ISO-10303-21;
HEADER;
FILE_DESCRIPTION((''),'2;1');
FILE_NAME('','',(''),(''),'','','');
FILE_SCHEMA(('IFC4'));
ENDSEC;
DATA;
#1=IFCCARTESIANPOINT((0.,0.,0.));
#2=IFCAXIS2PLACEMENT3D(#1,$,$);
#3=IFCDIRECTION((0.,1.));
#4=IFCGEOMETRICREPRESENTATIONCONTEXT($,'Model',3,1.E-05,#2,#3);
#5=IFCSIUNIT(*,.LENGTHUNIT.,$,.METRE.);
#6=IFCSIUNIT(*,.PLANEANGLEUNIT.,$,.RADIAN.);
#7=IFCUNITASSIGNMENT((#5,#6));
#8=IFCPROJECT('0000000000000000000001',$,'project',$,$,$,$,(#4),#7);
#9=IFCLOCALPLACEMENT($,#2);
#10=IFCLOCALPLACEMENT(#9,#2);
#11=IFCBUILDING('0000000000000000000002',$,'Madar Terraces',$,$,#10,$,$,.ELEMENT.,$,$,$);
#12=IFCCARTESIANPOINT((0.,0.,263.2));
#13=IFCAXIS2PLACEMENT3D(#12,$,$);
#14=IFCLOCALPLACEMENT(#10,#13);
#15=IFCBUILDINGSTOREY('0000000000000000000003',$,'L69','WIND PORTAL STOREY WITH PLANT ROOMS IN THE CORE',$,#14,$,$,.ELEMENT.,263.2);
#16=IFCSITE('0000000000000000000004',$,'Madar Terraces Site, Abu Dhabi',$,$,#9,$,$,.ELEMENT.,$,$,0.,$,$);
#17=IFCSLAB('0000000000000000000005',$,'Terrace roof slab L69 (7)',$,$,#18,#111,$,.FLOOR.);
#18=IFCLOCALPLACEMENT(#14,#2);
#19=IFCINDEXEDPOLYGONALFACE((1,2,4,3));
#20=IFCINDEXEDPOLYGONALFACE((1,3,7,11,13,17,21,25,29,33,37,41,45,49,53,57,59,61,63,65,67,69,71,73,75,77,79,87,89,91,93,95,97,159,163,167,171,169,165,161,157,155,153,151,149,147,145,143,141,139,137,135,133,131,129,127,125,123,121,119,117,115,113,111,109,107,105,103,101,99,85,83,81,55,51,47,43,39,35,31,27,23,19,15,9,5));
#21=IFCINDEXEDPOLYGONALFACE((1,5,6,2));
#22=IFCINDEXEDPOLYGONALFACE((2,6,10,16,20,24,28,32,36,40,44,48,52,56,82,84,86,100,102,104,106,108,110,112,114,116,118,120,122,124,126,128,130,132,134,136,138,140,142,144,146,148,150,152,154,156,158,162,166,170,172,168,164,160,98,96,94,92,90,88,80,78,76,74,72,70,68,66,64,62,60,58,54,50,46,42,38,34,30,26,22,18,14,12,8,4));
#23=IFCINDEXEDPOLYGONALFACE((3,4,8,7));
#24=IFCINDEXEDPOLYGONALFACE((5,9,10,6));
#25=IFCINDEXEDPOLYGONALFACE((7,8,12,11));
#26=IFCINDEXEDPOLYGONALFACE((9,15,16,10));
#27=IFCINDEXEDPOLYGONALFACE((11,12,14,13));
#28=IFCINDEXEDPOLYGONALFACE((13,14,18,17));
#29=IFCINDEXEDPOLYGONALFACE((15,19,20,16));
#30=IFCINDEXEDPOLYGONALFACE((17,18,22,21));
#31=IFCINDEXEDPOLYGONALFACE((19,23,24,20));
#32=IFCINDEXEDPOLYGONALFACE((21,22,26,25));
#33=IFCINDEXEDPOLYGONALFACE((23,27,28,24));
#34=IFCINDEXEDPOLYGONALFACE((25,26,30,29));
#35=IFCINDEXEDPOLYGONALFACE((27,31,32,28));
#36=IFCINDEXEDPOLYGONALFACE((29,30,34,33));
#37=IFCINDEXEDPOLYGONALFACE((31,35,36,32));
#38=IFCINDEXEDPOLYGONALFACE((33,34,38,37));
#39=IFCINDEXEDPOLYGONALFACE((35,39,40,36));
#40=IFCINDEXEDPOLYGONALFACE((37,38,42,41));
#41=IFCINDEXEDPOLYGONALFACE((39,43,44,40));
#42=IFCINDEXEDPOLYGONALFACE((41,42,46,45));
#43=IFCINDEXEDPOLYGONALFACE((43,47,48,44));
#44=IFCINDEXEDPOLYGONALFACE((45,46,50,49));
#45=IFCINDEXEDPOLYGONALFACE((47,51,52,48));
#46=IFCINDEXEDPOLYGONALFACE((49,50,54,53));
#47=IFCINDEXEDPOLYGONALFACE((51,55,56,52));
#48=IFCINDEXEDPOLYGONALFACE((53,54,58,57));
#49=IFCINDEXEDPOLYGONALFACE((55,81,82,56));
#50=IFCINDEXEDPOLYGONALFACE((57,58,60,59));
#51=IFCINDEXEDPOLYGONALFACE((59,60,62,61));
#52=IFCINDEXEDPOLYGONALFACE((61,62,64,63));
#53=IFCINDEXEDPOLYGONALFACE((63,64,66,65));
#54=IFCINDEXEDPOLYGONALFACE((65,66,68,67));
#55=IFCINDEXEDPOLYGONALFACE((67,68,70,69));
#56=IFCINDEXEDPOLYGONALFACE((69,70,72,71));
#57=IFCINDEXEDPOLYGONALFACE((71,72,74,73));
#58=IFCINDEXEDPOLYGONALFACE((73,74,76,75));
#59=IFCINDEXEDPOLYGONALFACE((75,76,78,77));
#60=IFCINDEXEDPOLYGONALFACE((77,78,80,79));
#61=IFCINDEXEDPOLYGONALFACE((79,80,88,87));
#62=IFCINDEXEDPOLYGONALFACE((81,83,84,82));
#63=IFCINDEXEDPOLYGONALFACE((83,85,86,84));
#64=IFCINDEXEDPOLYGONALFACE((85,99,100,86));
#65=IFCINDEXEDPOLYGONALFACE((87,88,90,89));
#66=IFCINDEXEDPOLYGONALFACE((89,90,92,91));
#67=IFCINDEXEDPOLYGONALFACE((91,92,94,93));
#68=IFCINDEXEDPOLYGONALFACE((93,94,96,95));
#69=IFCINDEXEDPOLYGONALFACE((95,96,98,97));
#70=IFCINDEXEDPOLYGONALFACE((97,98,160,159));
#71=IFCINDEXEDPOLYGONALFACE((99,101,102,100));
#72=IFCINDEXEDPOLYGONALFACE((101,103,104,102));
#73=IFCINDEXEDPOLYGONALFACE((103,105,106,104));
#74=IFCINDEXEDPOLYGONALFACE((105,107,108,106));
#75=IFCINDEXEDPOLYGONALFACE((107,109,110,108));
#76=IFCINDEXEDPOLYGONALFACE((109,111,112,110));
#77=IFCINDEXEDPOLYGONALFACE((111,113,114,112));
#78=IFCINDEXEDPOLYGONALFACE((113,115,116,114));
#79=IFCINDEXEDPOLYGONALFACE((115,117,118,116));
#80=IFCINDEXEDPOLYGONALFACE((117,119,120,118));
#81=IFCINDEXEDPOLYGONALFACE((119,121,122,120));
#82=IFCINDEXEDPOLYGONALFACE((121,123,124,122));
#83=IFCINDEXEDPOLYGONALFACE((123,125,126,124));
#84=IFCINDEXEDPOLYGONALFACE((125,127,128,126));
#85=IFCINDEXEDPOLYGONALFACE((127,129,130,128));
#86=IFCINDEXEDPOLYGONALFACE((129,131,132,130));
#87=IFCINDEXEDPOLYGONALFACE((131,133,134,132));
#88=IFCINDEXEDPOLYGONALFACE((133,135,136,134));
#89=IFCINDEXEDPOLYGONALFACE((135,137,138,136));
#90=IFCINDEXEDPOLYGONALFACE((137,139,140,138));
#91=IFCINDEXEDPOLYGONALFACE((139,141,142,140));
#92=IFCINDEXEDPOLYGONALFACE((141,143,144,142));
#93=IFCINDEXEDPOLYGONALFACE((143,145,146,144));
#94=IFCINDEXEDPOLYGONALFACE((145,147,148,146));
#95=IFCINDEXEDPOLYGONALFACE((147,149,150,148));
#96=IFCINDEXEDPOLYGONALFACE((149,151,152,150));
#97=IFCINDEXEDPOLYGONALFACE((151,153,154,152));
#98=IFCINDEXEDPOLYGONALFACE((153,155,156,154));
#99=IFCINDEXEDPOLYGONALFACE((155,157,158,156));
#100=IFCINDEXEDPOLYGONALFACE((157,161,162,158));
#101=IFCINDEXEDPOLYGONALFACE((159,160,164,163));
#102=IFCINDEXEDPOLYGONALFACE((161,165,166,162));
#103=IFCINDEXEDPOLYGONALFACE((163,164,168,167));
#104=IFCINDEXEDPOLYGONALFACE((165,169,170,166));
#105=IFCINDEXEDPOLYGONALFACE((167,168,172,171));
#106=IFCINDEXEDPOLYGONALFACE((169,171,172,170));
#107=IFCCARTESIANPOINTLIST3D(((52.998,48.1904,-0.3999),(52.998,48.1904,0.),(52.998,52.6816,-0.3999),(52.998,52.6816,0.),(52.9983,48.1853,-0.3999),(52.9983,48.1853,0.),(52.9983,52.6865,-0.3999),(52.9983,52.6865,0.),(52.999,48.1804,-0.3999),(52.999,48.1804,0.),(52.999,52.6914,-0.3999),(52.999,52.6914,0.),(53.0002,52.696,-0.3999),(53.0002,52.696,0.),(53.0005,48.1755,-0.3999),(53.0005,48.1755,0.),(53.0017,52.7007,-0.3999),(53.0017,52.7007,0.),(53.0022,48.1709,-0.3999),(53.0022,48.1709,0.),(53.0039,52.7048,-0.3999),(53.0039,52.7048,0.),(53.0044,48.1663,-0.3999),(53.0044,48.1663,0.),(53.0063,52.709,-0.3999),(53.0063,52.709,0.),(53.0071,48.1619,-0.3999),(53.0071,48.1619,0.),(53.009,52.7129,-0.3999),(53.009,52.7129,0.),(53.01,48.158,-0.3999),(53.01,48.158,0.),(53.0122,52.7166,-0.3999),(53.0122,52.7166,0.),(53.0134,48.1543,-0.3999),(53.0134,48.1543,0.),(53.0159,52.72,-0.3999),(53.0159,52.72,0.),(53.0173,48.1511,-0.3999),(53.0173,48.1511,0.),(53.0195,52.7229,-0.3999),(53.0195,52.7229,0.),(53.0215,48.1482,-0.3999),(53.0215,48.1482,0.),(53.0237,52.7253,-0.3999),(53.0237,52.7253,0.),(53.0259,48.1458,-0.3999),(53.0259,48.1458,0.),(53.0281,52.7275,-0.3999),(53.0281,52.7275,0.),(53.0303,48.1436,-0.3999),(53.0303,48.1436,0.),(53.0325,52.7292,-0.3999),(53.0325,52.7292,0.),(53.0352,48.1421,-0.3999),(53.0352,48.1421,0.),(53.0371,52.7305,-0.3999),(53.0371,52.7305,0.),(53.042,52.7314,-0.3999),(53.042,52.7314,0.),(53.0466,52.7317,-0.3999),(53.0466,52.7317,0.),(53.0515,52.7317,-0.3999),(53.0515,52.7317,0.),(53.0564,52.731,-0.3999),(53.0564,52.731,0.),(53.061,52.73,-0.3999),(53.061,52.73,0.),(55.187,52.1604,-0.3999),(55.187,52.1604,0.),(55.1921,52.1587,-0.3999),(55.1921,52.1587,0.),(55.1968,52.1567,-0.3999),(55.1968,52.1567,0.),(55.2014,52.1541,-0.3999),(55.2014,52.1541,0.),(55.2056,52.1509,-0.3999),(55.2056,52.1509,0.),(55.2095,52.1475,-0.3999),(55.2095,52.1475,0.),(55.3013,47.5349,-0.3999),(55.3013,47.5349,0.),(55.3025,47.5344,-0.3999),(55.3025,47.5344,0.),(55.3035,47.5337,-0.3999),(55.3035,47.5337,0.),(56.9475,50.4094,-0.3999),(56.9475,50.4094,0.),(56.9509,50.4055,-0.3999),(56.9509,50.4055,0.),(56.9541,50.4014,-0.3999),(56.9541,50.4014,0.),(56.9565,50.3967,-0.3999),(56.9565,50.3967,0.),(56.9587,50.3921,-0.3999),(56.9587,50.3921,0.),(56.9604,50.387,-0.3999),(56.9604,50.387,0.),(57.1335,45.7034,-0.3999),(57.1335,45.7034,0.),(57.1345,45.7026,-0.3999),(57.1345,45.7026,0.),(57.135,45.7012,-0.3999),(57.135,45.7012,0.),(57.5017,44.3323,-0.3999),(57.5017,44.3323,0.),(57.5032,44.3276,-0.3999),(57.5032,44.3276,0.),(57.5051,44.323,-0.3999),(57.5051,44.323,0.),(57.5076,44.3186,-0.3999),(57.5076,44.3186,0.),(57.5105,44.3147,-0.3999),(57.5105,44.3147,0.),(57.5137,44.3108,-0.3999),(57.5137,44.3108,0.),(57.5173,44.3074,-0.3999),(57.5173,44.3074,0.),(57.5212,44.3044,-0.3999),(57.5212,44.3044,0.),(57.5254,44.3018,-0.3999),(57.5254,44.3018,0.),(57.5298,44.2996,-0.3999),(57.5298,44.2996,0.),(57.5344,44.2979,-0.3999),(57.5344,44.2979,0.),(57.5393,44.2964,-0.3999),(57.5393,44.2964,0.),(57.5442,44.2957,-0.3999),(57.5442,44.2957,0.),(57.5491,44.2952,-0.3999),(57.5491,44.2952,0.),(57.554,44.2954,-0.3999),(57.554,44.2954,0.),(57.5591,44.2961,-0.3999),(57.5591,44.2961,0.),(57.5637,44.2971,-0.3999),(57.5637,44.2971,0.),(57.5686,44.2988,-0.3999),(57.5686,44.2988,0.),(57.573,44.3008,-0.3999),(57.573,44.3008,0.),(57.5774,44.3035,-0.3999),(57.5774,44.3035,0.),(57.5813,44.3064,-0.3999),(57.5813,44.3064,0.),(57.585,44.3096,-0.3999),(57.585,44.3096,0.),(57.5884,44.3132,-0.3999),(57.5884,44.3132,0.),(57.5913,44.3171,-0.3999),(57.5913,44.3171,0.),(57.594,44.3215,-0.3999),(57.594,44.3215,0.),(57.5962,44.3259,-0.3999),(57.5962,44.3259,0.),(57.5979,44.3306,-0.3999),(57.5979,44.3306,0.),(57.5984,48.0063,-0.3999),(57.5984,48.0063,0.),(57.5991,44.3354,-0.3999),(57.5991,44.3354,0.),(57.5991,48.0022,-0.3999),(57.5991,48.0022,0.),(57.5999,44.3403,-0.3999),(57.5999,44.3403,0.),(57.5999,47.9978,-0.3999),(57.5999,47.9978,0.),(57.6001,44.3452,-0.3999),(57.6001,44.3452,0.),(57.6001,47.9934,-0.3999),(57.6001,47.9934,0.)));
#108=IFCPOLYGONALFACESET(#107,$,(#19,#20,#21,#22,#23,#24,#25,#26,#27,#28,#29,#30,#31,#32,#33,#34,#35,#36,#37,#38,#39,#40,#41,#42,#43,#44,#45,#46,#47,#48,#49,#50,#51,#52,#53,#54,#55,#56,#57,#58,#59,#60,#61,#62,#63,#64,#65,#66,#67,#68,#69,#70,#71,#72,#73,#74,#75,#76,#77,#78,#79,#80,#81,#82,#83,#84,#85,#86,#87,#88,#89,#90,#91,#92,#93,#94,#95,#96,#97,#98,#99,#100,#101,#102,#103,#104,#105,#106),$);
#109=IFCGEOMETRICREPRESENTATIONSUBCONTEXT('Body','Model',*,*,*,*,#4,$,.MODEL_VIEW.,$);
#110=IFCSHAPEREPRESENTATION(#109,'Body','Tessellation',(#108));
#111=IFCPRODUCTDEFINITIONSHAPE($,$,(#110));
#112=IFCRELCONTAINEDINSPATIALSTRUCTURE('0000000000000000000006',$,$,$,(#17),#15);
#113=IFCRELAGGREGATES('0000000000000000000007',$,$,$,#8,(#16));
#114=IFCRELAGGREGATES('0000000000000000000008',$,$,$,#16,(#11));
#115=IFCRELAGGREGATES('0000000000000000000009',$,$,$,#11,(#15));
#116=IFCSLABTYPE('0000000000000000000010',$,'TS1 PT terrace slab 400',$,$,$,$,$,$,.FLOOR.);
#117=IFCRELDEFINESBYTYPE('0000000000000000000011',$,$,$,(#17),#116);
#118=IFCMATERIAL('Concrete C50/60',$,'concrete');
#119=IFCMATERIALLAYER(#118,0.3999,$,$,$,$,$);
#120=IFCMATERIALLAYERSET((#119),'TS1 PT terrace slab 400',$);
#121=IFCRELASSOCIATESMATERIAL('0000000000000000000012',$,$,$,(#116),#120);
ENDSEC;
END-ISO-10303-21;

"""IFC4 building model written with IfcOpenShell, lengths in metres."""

from ifc_helpers import new_model, si_unit, direction, frame, origin, place, context, subcontext, project, spatial, polyline, outline, extrude, material, layer, layer_set, type_object, element, save


model = new_model("IFC4")

# Units and contexts
model_context = context("Model", 3, precision=1e-05, world=origin(), true_north=direction((0.0, 1.0)))
body_context = subcontext(model_context, "Body", "Model", "MODEL_VIEW")
ifc_project = project(units=[si_unit("LENGTHUNIT", "METRE"), si_unit("PLANEANGLEUNIT", "RADIAN")], contexts=[model_context])

# Site, building, storey
site_placement = place(None, origin())
site = spatial("IfcSite", under=ifc_project, at=site_placement, Name="Madar Terraces Site, Abu Dhabi", CompositionType="ELEMENT", RefElevation=0.0)
building_placement = place(site_placement, origin())
building = spatial("IfcBuilding", under=site, at=building_placement, Name="Madar Terraces", CompositionType="ELEMENT")
storey_placement = place(building_placement, frame((0.0, 0.0, 263.2)))
storey = spatial("IfcBuildingStorey", under=building, at=storey_placement, Name="L69", Description="WIND PORTAL STOREY WITH PLANT ROOMS IN THE CORE", CompositionType="ELEMENT", Elevation=263.2)

# Slab
ifc_material_1 = material(Name="Concrete C50/60", Category="concrete")
ifc_layer_1 = layer(ifc_material_1, 0.3999)
ifc_layer_set_1 = layer_set([ifc_layer_1], Name="TS1 PT terrace slab 400")
slab_type_1 = type_object("IfcSlabType", Name="TS1 PT terrace slab 400", PredefinedType="FLOOR", material=ifc_layer_set_1)
slab_1_placement = place(storey_placement, frame((0.0, 0.0, -0.3999)))
element("IfcSlab", 1, at=slab_1_placement, inside=storey, type_object=slab_type_1, Name="Terrace roof slab L69 (7)", PredefinedType="FLOOR", context=body_context, shape_type="SweptSolid", body=[
    extrude(outline(polyline([(55.1921, 52.1587), (55.187, 52.1604), (53.061, 52.73), (53.0564, 52.731), (53.0515, 52.7317), (53.0466, 52.7317), (53.042, 52.7314), (53.0371, 52.7305), (53.0325, 52.7292), (53.0281, 52.7275), (53.0237, 52.7253), (53.0195, 52.7229), (53.0159, 52.72), (53.0122, 52.7166), (53.009, 52.7129), (53.0063, 52.709), (53.0039, 52.7048), (53.0017, 52.7007), (53.0002, 52.696), (52.999, 52.6914), (52.9983, 52.6865), (52.998, 52.6816), (52.998, 48.1904), (52.9983, 48.1853), (52.999, 48.1804), (53.0005, 48.1755), (53.0022, 48.1709), (53.0044, 48.1663), (53.0071, 48.1619), (53.01, 48.158), (53.0134, 48.1543), (53.0173, 48.1511), (53.0215, 48.1482), (53.0259, 48.1458), (53.0303, 48.1436), (53.0352, 48.1421), (55.3013, 47.5349), (55.3025, 47.5344), (55.3035, 47.5337), (57.1335, 45.7034), (57.1345, 45.7026), (57.135, 45.7012), (57.5017, 44.3323), (57.5032, 44.3276), (57.5051, 44.323), (57.5076, 44.3186), (57.5105, 44.3147), (57.5137, 44.3108), (57.5173, 44.3074), (57.5212, 44.3044), (57.5254, 44.3018), (57.5298, 44.2996), (57.5344, 44.2979), (57.5393, 44.2964), (57.5442, 44.2957), (57.5491, 44.2952), (57.554, 44.2954), (57.5591, 44.2961), (57.5637, 44.2971), (57.5686, 44.2988), (57.573, 44.3008), (57.5774, 44.3035), (57.5813, 44.3064), (57.585, 44.3096), (57.5884, 44.3132), (57.5913, 44.3171), (57.594, 44.3215), (57.5962, 44.3259), (57.5979, 44.3306), (57.5991, 44.3354), (57.5999, 44.3403), (57.6001, 44.3452), (57.6001, 47.9934), (57.5999, 47.9978), (57.5991, 48.0022), (57.5984, 48.0063), (56.9604, 50.387), (56.9587, 50.3921), (56.9565, 50.3967), (56.9541, 50.4014), (56.9509, 50.4055), (56.9475, 50.4094), (55.2095, 52.1475), (55.2056, 52.1509), (55.2014, 52.1541), (55.1968, 52.1567), (55.1921, 52.1587)])), origin(), (0.0, 0.0, 1.0), 0.3999),
])

save(model, "model.ifc")
